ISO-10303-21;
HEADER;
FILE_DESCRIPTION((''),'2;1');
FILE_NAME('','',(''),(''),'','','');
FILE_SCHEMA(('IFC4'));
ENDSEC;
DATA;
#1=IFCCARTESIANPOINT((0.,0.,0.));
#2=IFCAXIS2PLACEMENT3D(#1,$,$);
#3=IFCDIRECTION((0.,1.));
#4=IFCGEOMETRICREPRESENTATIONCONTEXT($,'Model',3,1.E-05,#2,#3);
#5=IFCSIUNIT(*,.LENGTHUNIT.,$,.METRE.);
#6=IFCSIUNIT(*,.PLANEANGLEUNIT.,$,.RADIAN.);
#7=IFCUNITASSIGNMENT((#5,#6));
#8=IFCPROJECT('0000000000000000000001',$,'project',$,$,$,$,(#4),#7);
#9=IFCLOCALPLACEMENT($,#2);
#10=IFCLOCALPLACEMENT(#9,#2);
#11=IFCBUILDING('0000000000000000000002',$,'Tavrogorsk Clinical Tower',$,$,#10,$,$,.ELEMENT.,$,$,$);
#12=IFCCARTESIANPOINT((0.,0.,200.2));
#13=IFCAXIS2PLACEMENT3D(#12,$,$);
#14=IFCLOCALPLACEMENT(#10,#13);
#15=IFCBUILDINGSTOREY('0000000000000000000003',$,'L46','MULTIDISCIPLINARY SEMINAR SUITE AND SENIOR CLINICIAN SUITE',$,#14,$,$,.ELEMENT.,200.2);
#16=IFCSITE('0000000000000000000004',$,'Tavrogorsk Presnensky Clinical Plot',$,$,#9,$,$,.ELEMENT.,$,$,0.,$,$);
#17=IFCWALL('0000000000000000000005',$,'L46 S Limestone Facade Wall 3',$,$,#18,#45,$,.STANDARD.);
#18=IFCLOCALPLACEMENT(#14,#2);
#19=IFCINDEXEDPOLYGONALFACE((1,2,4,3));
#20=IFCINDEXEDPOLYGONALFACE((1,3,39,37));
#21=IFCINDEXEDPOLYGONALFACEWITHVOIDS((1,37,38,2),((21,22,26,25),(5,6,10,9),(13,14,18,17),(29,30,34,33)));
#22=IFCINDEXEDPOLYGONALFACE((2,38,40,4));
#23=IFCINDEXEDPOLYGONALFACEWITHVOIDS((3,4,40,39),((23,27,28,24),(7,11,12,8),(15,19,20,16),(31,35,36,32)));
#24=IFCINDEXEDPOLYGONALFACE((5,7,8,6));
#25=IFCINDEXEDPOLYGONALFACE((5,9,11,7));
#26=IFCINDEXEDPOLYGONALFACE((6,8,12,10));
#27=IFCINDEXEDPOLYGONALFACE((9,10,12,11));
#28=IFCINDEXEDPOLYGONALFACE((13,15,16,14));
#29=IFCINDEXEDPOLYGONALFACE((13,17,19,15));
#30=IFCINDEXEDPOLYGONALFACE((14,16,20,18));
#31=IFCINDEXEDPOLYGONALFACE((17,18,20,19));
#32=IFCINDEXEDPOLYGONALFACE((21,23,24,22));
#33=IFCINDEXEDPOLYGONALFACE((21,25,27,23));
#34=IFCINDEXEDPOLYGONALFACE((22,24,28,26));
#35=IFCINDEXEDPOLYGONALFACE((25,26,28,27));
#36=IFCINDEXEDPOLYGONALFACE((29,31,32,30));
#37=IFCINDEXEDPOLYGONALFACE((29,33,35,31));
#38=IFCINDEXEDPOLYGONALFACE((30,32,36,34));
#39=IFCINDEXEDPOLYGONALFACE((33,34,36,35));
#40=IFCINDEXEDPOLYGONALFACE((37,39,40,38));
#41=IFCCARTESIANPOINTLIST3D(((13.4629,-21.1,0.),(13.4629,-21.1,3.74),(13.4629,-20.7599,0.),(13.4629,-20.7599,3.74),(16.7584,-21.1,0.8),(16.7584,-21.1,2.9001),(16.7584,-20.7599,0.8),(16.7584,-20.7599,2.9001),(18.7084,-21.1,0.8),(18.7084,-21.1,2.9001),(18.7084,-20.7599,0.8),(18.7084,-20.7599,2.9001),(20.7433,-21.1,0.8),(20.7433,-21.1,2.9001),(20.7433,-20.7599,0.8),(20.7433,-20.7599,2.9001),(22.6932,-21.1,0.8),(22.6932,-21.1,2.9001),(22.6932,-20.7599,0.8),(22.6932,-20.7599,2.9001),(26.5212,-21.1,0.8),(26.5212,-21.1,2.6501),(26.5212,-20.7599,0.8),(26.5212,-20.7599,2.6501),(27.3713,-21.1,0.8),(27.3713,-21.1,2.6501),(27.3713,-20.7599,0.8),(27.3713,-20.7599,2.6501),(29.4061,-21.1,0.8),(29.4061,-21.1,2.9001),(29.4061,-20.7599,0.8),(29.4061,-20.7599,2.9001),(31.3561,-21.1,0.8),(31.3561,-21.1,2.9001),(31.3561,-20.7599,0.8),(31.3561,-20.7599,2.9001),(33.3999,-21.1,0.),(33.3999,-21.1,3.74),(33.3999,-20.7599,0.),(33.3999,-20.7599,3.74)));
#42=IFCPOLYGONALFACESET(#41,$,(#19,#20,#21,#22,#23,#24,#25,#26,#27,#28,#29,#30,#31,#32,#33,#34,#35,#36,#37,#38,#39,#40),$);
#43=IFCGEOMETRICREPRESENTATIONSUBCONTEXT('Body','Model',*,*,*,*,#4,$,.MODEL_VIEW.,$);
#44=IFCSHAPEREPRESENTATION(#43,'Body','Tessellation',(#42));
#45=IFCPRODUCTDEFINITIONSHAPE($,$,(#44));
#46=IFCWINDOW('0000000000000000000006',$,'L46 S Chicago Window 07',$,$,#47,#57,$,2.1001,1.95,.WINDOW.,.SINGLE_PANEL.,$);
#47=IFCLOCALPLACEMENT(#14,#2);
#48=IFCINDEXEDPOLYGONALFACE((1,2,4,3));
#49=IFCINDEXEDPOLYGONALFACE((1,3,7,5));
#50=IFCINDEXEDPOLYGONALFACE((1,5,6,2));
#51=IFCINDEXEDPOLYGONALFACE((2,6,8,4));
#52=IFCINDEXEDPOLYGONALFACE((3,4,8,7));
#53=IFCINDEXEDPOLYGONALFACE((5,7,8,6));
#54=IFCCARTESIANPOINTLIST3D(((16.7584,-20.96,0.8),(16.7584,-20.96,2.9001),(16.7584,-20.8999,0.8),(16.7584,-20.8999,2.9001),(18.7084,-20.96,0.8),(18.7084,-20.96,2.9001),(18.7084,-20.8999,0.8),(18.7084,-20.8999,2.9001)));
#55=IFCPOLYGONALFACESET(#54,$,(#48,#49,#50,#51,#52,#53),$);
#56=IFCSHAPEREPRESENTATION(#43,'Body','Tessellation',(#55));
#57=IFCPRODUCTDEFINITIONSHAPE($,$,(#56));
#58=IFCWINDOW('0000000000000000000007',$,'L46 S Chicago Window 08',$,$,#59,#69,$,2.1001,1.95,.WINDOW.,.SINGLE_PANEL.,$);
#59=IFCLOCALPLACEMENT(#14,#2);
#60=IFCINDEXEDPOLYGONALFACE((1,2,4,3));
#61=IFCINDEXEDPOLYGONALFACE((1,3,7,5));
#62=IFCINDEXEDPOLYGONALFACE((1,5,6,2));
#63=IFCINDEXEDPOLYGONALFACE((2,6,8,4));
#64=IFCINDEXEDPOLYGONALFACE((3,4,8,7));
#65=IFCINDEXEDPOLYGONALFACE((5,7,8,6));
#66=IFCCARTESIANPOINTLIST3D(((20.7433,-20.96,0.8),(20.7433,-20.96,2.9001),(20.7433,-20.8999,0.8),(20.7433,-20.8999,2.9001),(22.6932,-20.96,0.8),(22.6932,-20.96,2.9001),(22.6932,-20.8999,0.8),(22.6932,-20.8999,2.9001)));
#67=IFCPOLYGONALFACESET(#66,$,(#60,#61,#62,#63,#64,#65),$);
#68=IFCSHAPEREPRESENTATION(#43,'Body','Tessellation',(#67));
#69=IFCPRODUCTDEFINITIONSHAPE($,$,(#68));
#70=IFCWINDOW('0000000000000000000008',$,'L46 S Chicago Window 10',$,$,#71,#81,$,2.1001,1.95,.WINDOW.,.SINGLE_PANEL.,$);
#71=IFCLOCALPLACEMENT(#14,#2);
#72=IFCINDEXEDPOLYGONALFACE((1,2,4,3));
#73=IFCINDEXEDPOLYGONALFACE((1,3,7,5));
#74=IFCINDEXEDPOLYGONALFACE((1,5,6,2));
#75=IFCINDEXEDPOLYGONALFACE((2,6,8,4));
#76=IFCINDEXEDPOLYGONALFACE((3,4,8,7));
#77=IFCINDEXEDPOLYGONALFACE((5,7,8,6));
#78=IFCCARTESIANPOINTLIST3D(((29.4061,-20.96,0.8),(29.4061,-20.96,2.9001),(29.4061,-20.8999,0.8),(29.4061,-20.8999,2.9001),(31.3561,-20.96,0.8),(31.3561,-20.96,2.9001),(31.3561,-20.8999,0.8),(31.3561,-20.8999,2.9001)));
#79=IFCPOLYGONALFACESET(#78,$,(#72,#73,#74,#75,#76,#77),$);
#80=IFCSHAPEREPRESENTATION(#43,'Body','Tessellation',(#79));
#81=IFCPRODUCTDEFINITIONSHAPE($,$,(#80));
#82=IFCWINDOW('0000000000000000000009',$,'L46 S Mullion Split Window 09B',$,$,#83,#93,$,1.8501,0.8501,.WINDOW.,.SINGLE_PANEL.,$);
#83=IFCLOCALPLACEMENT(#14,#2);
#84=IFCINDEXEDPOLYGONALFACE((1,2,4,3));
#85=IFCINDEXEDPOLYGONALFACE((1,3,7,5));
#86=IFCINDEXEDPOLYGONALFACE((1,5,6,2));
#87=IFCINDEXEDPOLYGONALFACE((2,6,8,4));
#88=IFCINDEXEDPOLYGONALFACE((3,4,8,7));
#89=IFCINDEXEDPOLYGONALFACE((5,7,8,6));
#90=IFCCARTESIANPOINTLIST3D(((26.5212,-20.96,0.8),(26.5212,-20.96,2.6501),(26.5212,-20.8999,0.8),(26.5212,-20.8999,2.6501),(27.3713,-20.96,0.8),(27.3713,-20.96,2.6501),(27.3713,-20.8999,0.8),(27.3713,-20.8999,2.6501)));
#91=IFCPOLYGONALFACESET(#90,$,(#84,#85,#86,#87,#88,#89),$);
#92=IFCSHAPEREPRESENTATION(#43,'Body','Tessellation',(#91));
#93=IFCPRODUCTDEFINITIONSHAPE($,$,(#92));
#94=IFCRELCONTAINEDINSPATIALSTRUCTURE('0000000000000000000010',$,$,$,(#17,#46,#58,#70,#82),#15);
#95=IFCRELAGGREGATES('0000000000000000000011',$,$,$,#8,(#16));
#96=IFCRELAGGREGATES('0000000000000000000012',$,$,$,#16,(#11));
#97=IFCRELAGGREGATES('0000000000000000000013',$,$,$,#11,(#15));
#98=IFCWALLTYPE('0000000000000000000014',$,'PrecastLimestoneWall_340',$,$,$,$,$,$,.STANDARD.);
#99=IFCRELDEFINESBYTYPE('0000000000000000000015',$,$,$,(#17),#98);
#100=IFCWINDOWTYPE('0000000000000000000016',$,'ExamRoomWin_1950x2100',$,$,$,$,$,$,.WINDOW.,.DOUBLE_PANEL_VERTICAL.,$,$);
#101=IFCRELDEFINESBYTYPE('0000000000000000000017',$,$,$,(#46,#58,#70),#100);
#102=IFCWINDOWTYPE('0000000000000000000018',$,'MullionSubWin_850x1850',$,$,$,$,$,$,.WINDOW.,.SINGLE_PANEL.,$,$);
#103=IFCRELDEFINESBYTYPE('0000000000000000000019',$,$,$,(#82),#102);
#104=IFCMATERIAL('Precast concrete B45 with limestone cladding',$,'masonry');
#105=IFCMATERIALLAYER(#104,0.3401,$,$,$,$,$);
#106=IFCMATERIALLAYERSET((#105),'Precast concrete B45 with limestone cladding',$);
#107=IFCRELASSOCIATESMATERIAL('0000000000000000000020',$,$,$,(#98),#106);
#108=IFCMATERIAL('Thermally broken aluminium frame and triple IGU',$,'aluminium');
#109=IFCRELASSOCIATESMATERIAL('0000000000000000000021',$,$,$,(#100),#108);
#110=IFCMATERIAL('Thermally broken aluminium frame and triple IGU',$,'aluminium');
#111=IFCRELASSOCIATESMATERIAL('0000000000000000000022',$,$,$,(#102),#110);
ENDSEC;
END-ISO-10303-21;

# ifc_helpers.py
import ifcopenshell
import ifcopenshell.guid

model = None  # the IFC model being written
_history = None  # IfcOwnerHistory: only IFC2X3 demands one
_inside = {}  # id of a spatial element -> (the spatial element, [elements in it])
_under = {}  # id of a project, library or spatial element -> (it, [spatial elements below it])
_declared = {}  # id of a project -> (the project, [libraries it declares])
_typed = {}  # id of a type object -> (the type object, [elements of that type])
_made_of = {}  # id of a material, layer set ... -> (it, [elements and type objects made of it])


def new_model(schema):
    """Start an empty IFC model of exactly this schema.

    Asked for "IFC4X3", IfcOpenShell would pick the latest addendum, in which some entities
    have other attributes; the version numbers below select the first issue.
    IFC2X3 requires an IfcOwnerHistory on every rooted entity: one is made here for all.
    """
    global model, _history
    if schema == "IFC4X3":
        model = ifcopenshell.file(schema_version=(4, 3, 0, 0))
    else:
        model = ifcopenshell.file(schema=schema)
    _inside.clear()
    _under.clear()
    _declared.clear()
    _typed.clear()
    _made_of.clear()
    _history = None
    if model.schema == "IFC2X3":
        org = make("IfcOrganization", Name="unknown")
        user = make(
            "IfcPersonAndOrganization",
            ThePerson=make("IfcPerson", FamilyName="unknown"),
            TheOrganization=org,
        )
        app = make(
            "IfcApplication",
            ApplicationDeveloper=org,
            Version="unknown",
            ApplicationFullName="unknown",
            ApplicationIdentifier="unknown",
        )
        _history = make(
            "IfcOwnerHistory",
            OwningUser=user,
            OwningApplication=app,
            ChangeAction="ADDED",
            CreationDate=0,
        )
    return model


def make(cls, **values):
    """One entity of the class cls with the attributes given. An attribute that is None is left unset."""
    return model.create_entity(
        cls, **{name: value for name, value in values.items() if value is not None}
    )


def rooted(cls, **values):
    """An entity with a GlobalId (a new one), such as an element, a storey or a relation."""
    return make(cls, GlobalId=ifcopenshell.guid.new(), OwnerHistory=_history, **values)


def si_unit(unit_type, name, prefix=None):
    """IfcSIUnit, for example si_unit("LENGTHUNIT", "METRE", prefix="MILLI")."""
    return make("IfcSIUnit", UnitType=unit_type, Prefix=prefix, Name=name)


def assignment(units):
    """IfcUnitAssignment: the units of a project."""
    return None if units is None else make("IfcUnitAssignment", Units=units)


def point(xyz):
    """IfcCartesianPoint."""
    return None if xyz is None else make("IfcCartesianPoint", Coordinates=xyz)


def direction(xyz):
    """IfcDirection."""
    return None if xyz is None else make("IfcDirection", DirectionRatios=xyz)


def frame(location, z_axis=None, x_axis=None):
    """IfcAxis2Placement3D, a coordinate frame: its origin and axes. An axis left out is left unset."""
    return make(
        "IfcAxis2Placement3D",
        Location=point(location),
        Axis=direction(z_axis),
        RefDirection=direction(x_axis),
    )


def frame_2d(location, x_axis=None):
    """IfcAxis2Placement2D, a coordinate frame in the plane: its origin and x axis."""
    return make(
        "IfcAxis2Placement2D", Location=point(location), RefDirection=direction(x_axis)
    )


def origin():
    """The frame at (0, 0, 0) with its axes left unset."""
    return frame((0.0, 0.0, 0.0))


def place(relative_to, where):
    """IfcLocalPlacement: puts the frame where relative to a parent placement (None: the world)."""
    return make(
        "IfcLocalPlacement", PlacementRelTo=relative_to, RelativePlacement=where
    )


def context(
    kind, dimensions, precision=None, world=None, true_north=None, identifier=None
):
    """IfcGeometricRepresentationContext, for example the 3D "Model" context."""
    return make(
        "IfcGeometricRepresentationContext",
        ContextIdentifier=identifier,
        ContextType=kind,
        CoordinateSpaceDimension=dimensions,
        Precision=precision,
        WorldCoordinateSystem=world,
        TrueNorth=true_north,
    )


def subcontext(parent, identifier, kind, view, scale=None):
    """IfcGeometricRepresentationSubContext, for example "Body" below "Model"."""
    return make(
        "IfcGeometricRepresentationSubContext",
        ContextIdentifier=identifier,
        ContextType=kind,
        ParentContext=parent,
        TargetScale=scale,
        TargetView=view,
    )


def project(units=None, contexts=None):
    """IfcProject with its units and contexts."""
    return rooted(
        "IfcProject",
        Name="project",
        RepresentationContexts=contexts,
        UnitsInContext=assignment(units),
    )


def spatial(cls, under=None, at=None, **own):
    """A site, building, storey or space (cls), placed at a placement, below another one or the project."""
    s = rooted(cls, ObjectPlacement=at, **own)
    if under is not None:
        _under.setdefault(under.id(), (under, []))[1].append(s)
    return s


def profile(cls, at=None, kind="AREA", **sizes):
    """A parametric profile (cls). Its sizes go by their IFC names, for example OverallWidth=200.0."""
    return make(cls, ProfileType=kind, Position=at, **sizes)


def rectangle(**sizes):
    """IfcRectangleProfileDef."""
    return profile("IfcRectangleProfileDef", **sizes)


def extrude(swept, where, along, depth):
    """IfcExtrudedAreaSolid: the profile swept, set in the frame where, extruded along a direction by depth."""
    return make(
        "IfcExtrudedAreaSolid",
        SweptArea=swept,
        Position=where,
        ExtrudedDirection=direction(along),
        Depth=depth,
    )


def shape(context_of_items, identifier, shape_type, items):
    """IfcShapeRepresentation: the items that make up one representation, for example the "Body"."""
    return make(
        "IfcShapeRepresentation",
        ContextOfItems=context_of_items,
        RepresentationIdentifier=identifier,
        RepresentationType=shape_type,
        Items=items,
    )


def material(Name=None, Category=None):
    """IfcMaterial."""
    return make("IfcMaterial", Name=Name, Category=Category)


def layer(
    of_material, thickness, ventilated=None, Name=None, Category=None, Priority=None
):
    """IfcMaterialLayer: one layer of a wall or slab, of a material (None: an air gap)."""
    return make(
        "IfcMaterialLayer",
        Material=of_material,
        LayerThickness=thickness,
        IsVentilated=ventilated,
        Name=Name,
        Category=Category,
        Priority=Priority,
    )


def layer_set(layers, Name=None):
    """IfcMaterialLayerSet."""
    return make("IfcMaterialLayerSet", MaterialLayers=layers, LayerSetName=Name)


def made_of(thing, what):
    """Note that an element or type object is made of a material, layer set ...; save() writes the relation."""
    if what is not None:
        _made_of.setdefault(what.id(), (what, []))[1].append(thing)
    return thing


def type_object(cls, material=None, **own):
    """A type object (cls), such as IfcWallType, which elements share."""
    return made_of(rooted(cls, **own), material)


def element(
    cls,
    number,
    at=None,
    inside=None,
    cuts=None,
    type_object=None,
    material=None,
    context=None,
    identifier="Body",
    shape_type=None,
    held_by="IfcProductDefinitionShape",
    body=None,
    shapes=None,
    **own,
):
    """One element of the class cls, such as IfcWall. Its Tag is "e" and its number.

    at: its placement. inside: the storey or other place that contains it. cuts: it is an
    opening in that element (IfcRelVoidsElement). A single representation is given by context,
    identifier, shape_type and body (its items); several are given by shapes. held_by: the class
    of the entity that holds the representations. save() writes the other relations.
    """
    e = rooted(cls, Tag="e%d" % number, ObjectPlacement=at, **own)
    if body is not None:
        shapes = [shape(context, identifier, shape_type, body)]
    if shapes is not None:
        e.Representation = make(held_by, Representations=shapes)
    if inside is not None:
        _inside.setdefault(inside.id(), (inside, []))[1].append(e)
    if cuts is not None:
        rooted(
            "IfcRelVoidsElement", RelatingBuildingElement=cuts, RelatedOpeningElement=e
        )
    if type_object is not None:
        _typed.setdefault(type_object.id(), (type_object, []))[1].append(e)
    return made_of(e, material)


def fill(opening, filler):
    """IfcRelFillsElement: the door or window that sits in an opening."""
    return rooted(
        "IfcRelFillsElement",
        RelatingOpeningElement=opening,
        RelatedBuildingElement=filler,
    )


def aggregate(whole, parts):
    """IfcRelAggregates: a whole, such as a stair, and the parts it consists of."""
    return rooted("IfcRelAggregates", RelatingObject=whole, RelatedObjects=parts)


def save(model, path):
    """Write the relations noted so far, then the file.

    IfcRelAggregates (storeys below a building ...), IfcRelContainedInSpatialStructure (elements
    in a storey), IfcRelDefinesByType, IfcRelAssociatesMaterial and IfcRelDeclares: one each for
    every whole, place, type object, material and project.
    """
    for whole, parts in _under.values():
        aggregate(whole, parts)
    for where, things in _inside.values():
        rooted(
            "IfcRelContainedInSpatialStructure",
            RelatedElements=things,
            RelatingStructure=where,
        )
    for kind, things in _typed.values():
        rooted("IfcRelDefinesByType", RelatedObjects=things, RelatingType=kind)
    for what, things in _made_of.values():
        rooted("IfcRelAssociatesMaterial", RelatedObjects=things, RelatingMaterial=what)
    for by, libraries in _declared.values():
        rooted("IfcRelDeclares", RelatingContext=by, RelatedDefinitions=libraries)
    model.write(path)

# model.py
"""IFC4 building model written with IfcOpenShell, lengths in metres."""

from ifc_helpers import new_model, si_unit, direction, frame, frame_2d, origin, place, context, subcontext, project, spatial, rectangle, extrude, material, layer, layer_set, type_object, element, fill, save


model = new_model("IFC4")

# Units and contexts
model_context = context("Model", 3, precision=1e-05, world=origin(), true_north=direction((0.0, 1.0)))
body_context = subcontext(model_context, "Body", "Model", "MODEL_VIEW")
ifc_project = project(units=[si_unit("LENGTHUNIT", "METRE"), si_unit("PLANEANGLEUNIT", "RADIAN")], contexts=[model_context])

# Site, building, storey
site_placement = place(None, origin())
site = spatial("IfcSite", under=ifc_project, at=site_placement, Name="Tavrogorsk Presnensky Clinical Plot", CompositionType="ELEMENT", RefElevation=0.0)
building_placement = place(site_placement, origin())
building = spatial("IfcBuilding", under=site, at=building_placement, Name="Tavrogorsk Clinical Tower", CompositionType="ELEMENT")
storey_placement = place(building_placement, frame((0.0, 0.0, 200.2)))
storey = spatial("IfcBuildingStorey", under=building, at=storey_placement, Name="L46", Description="MULTIDISCIPLINARY SEMINAR SUITE AND SENIOR CLINICIAN SUITE", CompositionType="ELEMENT", Elevation=200.2)

# Wall, openings, windows
ifc_material_1 = material(Name="Precast concrete B45 with limestone cladding", Category="masonry")
ifc_layer_1 = layer(ifc_material_1, 0.3401)
ifc_layer_set_1 = layer_set([ifc_layer_1], Name="Precast concrete B45 with limestone cladding")
wall_type_1 = type_object("IfcWallType", Name="PrecastLimestoneWall_340", PredefinedType="STANDARD", material=ifc_layer_set_1)
wall_1_placement = place(storey_placement, frame((13.4629, -20.9299, 0.0), z_axis=(0.0, 0.0, 1.0), x_axis=(1.0, 0.0, 0.0)))
wall_1 = element("IfcWall", 1, at=wall_1_placement, inside=storey, type_object=wall_type_1, Name="L46 S Limestone Facade Wall 3", PredefinedType="STANDARD", context=body_context, shape_type="SweptSolid", body=[
    extrude(rectangle(XDim=19.937, YDim=0.3401, at=frame_2d((9.9685, 0.0))), origin(), (0.0, 0.0, 1.0), 3.74),
])
opening_1_placement = place(wall_1_placement, frame((3.2954, 0.0, 0.8)))
opening_1 = element("IfcOpeningElement", 2, at=opening_1_placement, cuts=wall_1, PredefinedType="OPENING", context=body_context, shape_type="SweptSolid", body=[
    extrude(rectangle(XDim=1.95, YDim=2.1001, at=frame_2d((0.9751, 1.05))), frame((0.0, 0.1799, 0.0), z_axis=(0.0, -1.0, 0.0), x_axis=(1.0, 0.0, 0.0)), (0.0, 0.0, 1.0), 0.3601),
])
opening_2_placement = place(wall_1_placement, frame((7.2803, 0.0, 0.8)))
opening_2 = element("IfcOpeningElement", 3, at=opening_2_placement, cuts=wall_1, PredefinedType="OPENING", context=body_context, shape_type="SweptSolid", body=[
    extrude(rectangle(XDim=1.95, YDim=2.1001, at=frame_2d((0.9751, 1.05))), frame((0.0, 0.1799, 0.0), z_axis=(0.0, -1.0, 0.0), x_axis=(1.0, 0.0, 0.0)), (0.0, 0.0, 1.0), 0.3601),
])
opening_3_placement = place(wall_1_placement, frame((13.0583, 0.0, 0.8)))
opening_3 = element("IfcOpeningElement", 4, at=opening_3_placement, cuts=wall_1, PredefinedType="OPENING", context=body_context, shape_type="SweptSolid", body=[
    extrude(rectangle(XDim=0.8501, YDim=1.8501, at=frame_2d((0.425, 0.925))), frame((0.0, 0.1799, 0.0), z_axis=(0.0, -1.0, 0.0), x_axis=(1.0, 0.0, 0.0)), (0.0, 0.0, 1.0), 0.3601),
])
opening_4_placement = place(wall_1_placement, frame((15.9431, 0.0, 0.8)))
opening_4 = element("IfcOpeningElement", 5, at=opening_4_placement, cuts=wall_1, PredefinedType="OPENING", context=body_context, shape_type="SweptSolid", body=[
    extrude(rectangle(XDim=1.95, YDim=2.1001, at=frame_2d((0.9751, 1.05))), frame((0.0, 0.1799, 0.0), z_axis=(0.0, -1.0, 0.0), x_axis=(1.0, 0.0, 0.0)), (0.0, 0.0, 1.0), 0.3601),
])
ifc_material_2 = material(Name="Thermally broken aluminium frame and triple IGU", Category="aluminium")
window_type_1 = type_object("IfcWindowType", Name="ExamRoomWin_1950x2100", PartitioningType="DOUBLE_PANEL_VERTICAL", PredefinedType="WINDOW", material=ifc_material_2)
window_1_placement = place(opening_1_placement, origin())
window_1 = element("IfcWindow", 6, at=window_1_placement, inside=storey, type_object=window_type_1, Name="L46 S Chicago Window 07", OverallHeight=2.1001, OverallWidth=1.95, PartitioningType="SINGLE_PANEL", PredefinedType="WINDOW", context=body_context, shape_type="SweptSolid", body=[
    extrude(rectangle(XDim=1.95, YDim=2.1001, at=frame_2d((0.9751, 1.05))), frame((0.0, 0.03, 0.0), z_axis=(0.0, -1.0, 0.0), x_axis=(1.0, 0.0, 0.0)), (0.0, 0.0, 1.0), 0.0601),
])
fill(opening_1, window_1)
window_2_placement = place(opening_2_placement, origin())
window_2 = element("IfcWindow", 7, at=window_2_placement, inside=storey, type_object=window_type_1, Name="L46 S Chicago Window 08", OverallHeight=2.1001, OverallWidth=1.95, PartitioningType="SINGLE_PANEL", PredefinedType="WINDOW", context=body_context, shape_type="SweptSolid", body=[
    extrude(rectangle(XDim=1.95, YDim=2.1001, at=frame_2d((0.9751, 1.05))), frame((0.0, 0.03, 0.0), z_axis=(0.0, -1.0, 0.0), x_axis=(1.0, 0.0, 0.0)), (0.0, 0.0, 1.0), 0.0601),
])
fill(opening_2, window_2)
window_3_placement = place(opening_4_placement, origin())
window_3 = element("IfcWindow", 8, at=window_3_placement, inside=storey, type_object=window_type_1, Name="L46 S Chicago Window 10", OverallHeight=2.1001, OverallWidth=1.95, PartitioningType="SINGLE_PANEL", PredefinedType="WINDOW", context=body_context, shape_type="SweptSolid", body=[
    extrude(rectangle(XDim=1.95, YDim=2.1001, at=frame_2d((0.9751, 1.05))), frame((0.0, 0.03, 0.0), z_axis=(0.0, -1.0, 0.0), x_axis=(1.0, 0.0, 0.0)), (0.0, 0.0, 1.0), 0.0601),
])
fill(opening_4, window_3)
ifc_material_3 = material(Name="Thermally broken aluminium frame and triple IGU", Category="aluminium")
window_type_2 = type_object("IfcWindowType", Name="MullionSubWin_850x1850", PartitioningType="SINGLE_PANEL", PredefinedType="WINDOW", material=ifc_material_3)
window_4_placement = place(opening_3_placement, origin())
window_4 = element("IfcWindow", 9, at=window_4_placement, inside=storey, type_object=window_type_2, Name="L46 S Mullion Split Window 09B", OverallHeight=1.8501, OverallWidth=0.8501, PartitioningType="SINGLE_PANEL", PredefinedType="WINDOW", context=body_context, shape_type="SweptSolid", body=[
    extrude(rectangle(XDim=0.8501, YDim=1.8501, at=frame_2d((0.425, 0.925))), frame((0.0, 0.03, 0.0), z_axis=(0.0, -1.0, 0.0), x_axis=(1.0, 0.0, 0.0)), (0.0, 0.0, 1.0), 0.0601),
])
fill(opening_3, window_4)

save(model, "model.ifc")
